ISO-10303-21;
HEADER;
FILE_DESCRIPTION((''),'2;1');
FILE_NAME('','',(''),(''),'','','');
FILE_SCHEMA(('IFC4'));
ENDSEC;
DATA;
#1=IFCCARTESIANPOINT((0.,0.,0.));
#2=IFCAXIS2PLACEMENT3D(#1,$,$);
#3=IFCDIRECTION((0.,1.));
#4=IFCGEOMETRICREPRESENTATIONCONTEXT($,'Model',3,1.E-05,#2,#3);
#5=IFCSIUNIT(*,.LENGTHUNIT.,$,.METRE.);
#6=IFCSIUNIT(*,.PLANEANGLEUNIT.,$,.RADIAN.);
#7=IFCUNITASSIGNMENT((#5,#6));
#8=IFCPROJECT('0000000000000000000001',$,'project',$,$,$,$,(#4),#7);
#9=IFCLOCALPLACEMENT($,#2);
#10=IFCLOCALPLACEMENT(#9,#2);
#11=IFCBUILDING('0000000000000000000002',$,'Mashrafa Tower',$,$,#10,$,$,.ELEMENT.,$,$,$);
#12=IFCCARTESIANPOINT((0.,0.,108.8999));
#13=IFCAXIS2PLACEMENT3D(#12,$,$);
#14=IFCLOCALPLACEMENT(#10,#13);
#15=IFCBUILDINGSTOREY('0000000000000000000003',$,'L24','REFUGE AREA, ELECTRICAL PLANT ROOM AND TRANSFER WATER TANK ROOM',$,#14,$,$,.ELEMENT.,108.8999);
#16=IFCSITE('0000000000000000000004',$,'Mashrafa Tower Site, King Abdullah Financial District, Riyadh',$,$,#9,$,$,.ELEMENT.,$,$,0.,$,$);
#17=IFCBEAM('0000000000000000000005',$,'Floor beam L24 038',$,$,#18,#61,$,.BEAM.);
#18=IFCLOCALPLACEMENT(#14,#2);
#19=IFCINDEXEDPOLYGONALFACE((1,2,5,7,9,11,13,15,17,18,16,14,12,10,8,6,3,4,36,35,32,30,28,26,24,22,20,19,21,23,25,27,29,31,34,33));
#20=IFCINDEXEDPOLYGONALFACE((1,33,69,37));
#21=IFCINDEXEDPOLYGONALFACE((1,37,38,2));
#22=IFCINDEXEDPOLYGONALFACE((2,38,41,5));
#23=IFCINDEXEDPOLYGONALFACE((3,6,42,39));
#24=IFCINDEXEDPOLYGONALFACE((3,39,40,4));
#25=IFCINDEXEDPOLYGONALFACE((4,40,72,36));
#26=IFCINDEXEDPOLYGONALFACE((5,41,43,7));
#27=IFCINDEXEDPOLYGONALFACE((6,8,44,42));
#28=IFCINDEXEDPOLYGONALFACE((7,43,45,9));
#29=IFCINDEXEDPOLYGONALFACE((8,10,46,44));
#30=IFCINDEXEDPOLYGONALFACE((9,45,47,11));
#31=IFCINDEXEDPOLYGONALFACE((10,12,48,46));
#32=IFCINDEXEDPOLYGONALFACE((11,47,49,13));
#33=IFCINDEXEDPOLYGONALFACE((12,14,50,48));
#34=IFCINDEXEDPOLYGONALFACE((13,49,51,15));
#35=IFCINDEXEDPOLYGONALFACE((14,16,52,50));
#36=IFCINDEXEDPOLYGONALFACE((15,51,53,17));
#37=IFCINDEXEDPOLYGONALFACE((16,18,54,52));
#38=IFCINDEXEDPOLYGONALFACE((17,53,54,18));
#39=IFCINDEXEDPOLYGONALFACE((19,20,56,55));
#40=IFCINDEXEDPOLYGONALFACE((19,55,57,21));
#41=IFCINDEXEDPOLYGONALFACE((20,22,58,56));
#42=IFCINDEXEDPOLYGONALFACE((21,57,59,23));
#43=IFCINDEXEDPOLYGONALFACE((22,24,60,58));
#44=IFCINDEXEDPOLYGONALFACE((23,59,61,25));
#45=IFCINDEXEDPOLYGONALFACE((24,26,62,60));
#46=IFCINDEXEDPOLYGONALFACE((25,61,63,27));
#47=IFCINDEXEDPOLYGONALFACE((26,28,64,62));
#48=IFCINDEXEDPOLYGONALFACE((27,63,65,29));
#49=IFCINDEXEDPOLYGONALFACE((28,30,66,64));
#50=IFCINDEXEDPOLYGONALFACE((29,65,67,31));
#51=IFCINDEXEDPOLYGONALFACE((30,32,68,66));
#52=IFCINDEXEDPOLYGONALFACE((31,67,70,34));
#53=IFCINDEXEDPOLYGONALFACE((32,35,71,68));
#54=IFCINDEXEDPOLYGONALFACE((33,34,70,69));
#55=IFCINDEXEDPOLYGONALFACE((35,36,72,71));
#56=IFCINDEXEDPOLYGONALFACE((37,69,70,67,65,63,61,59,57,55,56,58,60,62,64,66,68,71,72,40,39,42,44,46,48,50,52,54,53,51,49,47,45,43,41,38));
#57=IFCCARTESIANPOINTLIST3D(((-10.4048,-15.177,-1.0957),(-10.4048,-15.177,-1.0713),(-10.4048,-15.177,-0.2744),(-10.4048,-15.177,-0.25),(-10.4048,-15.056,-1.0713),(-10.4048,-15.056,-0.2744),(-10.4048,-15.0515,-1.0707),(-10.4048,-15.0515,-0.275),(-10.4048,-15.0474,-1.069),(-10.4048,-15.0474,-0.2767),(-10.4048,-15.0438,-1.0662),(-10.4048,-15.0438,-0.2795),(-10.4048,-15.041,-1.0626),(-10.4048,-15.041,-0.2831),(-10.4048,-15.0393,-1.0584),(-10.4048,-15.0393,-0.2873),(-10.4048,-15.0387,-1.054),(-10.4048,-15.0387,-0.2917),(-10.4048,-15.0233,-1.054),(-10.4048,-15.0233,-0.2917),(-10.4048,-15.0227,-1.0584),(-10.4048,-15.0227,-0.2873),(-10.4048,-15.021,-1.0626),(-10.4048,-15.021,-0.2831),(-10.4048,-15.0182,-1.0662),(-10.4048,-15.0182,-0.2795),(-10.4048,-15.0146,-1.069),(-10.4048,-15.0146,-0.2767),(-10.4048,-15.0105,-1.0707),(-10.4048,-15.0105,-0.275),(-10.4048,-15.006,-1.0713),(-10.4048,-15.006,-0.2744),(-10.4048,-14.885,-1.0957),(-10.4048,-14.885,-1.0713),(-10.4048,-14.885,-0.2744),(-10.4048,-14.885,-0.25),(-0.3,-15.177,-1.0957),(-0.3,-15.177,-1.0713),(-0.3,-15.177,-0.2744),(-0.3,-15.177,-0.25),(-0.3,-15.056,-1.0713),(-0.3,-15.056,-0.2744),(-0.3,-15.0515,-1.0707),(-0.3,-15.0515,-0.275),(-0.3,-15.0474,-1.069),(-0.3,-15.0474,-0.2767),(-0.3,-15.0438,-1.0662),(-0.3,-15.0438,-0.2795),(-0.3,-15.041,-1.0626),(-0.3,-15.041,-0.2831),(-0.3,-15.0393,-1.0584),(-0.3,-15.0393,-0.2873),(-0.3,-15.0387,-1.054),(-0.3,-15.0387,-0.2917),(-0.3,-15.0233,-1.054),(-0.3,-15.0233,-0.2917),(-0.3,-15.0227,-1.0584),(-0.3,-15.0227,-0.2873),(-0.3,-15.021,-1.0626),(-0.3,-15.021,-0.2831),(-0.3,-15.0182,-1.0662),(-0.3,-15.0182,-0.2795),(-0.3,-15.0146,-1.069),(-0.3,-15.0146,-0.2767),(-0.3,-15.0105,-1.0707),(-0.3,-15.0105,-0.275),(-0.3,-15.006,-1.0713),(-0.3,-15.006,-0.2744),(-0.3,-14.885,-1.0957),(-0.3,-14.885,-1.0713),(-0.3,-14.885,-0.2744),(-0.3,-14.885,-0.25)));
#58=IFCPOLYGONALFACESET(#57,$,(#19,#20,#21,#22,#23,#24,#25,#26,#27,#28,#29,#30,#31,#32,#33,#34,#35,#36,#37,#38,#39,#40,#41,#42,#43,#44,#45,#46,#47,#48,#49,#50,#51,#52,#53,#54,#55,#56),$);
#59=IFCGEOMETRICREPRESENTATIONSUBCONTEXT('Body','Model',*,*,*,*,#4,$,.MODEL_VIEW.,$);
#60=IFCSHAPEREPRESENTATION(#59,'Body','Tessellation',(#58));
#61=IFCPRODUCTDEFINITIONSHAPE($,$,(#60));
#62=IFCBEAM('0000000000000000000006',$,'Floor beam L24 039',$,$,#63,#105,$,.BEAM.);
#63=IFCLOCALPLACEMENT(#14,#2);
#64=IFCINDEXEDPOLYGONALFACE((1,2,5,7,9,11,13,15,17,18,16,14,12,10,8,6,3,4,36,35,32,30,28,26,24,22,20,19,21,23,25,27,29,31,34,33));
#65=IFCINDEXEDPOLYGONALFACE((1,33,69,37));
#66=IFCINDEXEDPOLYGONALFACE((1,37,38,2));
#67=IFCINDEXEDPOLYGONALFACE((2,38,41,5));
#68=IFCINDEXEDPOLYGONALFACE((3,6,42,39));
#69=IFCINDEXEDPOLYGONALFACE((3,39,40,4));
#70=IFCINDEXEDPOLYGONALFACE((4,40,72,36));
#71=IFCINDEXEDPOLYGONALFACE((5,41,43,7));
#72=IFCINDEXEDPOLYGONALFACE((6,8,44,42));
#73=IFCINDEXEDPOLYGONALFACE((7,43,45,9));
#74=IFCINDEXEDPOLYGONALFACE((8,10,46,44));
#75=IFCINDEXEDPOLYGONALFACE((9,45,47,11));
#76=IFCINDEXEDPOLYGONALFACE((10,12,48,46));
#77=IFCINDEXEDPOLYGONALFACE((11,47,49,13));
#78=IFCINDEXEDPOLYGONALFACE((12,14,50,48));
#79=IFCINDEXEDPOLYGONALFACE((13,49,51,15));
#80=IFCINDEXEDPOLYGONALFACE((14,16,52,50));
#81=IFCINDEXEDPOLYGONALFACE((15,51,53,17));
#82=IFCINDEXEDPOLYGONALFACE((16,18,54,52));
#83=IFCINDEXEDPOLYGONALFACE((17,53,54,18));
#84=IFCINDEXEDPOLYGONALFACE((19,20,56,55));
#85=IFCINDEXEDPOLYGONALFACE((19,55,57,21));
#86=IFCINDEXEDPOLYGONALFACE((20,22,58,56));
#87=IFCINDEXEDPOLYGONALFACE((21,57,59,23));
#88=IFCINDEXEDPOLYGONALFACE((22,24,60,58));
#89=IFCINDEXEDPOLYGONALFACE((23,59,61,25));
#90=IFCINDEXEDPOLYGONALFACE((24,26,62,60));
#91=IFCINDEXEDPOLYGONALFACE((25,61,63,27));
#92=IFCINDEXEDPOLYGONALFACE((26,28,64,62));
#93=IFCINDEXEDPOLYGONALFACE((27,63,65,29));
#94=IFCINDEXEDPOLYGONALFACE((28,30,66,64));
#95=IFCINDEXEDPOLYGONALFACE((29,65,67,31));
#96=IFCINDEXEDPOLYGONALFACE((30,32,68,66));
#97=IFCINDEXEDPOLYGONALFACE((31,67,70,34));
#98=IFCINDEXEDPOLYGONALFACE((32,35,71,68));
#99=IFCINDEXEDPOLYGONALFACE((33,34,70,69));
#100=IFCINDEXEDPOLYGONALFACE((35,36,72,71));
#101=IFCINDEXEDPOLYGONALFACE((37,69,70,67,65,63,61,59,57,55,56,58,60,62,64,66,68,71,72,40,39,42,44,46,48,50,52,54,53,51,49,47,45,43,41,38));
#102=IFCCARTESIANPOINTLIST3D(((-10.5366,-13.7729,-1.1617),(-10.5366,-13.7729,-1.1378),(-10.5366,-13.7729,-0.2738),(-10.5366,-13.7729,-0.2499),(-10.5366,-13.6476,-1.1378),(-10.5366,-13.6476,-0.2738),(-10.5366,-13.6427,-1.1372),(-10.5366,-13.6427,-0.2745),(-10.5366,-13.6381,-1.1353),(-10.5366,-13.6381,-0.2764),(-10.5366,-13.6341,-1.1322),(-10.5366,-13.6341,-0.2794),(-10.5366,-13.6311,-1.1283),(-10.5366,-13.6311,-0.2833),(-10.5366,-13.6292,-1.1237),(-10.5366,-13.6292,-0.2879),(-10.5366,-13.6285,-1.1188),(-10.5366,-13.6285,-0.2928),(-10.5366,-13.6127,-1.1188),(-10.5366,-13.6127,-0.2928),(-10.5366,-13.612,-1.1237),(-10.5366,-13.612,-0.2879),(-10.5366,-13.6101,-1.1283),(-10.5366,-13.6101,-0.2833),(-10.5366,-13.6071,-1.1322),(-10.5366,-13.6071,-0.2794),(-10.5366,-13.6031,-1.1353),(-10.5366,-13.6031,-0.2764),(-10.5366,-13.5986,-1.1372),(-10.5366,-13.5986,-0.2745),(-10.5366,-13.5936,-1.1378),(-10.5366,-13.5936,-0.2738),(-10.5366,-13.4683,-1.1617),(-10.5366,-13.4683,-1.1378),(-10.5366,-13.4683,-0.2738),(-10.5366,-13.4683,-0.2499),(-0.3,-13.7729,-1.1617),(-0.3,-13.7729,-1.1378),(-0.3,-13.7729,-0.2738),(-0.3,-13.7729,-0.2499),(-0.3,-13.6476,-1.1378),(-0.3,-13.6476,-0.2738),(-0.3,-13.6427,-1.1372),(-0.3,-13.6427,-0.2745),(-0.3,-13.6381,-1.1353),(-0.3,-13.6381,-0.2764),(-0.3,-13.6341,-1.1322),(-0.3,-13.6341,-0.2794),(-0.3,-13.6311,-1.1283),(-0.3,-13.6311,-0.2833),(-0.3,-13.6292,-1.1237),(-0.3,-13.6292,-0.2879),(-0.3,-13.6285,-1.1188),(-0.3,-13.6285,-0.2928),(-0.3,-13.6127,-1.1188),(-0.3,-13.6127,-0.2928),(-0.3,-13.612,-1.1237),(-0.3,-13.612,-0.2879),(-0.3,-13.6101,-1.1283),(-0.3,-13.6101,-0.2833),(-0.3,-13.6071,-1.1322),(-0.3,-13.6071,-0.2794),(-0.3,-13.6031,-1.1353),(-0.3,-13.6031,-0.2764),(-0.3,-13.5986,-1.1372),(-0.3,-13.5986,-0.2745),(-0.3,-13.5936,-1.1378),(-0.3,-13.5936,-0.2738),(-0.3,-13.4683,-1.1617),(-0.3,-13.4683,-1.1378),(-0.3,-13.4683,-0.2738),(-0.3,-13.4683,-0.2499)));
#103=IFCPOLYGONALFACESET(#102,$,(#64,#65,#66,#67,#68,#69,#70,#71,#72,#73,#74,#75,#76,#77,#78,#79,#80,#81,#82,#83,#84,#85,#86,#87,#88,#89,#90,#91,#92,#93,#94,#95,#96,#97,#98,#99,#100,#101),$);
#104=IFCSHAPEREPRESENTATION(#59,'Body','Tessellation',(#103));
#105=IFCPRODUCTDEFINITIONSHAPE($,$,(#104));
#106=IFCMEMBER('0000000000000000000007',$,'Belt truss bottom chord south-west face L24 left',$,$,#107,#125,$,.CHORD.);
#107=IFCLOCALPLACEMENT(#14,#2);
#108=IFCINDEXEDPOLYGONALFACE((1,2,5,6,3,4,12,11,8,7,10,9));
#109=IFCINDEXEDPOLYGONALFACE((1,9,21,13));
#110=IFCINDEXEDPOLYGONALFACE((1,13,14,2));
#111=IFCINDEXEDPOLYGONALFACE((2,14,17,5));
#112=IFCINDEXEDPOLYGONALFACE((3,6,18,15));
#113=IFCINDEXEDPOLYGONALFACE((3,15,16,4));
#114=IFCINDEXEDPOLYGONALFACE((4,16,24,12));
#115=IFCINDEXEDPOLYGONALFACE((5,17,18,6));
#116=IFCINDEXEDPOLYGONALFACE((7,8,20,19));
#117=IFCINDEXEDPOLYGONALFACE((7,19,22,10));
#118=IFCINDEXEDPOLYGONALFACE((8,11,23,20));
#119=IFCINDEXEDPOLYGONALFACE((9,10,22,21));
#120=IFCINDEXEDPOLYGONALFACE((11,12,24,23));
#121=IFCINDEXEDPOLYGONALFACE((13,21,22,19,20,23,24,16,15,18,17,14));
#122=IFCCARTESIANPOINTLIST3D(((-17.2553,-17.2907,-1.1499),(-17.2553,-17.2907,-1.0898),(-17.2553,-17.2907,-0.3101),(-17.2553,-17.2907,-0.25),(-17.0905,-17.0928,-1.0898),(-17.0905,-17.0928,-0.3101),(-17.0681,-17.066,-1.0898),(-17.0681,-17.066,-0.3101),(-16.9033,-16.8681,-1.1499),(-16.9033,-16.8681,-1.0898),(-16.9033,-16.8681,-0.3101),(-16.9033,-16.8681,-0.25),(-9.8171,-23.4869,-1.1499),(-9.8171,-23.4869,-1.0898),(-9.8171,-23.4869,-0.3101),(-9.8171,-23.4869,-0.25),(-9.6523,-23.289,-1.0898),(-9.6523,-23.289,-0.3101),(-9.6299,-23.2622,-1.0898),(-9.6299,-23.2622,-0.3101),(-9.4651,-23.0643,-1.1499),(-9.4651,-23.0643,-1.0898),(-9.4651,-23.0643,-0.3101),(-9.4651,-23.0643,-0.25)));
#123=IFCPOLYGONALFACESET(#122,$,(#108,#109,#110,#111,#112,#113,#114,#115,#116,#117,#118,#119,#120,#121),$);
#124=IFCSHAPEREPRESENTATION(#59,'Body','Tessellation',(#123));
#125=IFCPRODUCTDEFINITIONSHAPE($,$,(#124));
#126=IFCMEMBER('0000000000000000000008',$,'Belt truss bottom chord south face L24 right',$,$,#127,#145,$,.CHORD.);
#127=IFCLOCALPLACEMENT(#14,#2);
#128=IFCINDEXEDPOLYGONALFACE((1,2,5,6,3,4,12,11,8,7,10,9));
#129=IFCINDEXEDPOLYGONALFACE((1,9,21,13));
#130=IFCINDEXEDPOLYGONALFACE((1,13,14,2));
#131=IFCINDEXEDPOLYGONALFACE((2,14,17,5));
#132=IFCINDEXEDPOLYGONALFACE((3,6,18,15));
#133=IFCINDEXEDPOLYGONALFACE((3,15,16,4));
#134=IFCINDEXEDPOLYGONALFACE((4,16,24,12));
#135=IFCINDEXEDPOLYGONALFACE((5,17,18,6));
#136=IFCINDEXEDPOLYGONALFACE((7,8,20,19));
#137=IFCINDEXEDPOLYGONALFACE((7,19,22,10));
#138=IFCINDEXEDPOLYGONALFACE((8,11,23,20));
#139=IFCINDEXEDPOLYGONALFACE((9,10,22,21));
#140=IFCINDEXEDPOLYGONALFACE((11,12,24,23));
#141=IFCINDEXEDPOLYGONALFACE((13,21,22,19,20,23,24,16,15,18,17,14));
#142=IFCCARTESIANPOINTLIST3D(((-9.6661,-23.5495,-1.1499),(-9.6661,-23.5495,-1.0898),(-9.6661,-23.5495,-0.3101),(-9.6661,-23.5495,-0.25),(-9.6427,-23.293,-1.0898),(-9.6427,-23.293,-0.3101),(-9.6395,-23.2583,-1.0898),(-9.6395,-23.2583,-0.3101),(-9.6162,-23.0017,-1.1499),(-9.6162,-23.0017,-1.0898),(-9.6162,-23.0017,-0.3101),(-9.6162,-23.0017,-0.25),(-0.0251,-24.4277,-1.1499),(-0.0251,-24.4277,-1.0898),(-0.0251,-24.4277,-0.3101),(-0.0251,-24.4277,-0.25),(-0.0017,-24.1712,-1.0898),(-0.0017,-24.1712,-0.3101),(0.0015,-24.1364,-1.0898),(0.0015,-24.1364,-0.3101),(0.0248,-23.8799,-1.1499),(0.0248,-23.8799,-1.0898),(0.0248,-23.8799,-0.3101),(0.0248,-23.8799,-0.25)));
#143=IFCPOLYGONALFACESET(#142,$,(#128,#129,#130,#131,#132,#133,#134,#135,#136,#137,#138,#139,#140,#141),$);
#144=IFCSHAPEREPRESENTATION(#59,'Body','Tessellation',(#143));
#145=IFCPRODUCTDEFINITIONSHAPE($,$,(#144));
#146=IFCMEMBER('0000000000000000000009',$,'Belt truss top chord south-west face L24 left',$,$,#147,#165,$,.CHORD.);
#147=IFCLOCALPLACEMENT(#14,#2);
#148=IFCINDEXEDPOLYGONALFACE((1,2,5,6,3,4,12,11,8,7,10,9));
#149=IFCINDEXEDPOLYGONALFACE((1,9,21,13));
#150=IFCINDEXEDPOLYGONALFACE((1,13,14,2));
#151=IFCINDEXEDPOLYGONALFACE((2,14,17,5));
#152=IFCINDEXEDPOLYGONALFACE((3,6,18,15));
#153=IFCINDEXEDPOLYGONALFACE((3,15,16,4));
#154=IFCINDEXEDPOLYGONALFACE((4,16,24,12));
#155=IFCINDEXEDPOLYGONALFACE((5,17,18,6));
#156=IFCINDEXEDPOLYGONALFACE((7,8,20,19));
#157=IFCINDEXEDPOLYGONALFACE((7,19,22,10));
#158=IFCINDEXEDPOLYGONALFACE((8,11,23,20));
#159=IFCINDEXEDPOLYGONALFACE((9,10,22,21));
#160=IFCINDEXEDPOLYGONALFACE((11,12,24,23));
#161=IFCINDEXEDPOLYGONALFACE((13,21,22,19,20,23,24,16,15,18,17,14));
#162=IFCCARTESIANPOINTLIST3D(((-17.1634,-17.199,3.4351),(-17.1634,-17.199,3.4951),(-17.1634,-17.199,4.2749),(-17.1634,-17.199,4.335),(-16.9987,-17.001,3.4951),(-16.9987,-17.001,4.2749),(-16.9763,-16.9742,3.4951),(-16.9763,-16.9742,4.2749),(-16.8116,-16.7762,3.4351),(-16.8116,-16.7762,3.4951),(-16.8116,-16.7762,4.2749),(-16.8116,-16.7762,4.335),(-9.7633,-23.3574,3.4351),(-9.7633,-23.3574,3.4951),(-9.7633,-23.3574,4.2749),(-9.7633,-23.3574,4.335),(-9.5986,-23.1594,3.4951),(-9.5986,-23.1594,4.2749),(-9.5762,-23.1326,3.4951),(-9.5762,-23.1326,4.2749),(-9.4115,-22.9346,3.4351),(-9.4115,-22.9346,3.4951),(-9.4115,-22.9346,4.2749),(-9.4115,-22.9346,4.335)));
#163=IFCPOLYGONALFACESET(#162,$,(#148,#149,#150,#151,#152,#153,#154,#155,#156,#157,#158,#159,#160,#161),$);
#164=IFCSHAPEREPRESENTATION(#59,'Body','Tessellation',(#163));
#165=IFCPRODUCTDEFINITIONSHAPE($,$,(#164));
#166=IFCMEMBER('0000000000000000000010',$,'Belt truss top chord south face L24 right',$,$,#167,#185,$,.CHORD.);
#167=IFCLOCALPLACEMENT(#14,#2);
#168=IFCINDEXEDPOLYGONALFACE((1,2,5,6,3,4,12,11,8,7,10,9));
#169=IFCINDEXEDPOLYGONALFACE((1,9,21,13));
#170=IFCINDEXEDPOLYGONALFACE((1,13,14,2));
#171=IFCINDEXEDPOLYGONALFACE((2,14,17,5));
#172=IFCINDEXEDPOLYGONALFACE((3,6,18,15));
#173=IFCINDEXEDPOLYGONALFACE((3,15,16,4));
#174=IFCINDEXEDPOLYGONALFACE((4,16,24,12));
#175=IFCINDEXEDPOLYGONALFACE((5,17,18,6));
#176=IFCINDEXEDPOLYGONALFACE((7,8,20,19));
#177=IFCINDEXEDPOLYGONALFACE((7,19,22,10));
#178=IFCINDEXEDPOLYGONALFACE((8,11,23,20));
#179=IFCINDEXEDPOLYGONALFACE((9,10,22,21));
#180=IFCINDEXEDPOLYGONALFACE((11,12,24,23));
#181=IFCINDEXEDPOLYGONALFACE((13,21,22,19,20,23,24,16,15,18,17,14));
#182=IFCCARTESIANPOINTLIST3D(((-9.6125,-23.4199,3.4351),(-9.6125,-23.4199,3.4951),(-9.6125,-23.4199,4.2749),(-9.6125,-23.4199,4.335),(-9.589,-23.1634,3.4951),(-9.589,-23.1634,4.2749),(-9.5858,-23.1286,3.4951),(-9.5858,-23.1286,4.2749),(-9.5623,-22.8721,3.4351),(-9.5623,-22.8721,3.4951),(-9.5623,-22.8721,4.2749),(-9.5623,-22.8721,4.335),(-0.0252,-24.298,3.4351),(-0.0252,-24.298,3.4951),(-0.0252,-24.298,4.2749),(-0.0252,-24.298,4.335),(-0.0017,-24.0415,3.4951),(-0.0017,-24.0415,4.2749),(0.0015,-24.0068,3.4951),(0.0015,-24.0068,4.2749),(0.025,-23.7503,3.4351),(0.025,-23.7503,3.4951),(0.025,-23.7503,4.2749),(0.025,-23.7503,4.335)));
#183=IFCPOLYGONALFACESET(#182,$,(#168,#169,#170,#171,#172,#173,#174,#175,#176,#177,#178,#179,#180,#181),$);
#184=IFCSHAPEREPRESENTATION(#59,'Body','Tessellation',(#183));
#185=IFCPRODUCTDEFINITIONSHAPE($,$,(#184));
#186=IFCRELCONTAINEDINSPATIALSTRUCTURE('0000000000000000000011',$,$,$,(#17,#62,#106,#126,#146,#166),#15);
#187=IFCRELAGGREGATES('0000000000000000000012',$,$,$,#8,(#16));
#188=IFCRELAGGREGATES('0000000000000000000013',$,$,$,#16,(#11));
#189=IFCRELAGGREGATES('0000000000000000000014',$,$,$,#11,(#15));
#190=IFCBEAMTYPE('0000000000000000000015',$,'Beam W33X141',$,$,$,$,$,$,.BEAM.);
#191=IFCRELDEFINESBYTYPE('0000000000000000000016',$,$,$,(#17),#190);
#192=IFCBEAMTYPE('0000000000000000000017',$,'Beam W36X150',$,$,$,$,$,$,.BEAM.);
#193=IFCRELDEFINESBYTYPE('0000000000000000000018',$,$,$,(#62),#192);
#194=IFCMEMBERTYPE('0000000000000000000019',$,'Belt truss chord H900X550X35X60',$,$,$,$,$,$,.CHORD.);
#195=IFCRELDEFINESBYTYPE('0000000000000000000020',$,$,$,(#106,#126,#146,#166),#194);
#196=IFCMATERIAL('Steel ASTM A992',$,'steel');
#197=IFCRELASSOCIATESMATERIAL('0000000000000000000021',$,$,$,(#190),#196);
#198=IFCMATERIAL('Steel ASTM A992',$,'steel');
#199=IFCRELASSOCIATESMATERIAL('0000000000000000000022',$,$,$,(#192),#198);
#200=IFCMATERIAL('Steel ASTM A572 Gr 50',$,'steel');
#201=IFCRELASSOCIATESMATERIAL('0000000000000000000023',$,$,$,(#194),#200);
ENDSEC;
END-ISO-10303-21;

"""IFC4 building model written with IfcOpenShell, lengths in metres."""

from ifc_helpers import new_model, si_unit, direction, frame, origin, origin_2d, place, context, subcontext, project, spatial, i_section, extrude, source, transform, mapped, material, material_profile, profile_set, type_object, type_shapes, element, save


model = new_model("IFC4")

# Units and contexts
model_context = context("Model", 3, precision=1e-05, world=origin(), true_north=direction((0.0, 1.0)))
body_context = subcontext(model_context, "Body", "Model", "MODEL_VIEW")
ifc_project = project(units=[si_unit("LENGTHUNIT", "METRE"), si_unit("PLANEANGLEUNIT", "RADIAN")], contexts=[model_context])

# Site, building, storey
site_placement = place(None, origin())
site = spatial("IfcSite", under=ifc_project, at=site_placement, Name="Mashrafa Tower Site, King Abdullah Financial District, Riyadh", CompositionType="ELEMENT", RefElevation=0.0)
building_placement = place(site_placement, origin())
building = spatial("IfcBuilding", under=site, at=building_placement, Name="Mashrafa Tower", CompositionType="ELEMENT")
storey_placement = place(building_placement, frame((0.0, 0.0, 108.8999)))
storey = spatial("IfcBuildingStorey", under=building, at=storey_placement, Name="L24", Description="REFUGE AREA, ELECTRICAL PLANT ROOM AND TRANSFER WATER TANK ROOM", CompositionType="ELEMENT", Elevation=108.8999)

# Beams
ifc_material_1 = material(Name="Steel ASTM A992", Category="steel")
ifc_material_profile_1 = material_profile(ifc_material_1, i_section(OverallWidth=0.292, OverallDepth=0.8457, WebThickness=0.0154, FlangeThickness=0.0244, FilletRadius=0.0173, at=origin_2d()), Name="W33X141")
ifc_profile_set_1 = profile_set([ifc_material_profile_1], Name="Steel ASTM A992")
beam_type_1 = type_object("IfcBeamType", Name="Beam W33X141", PredefinedType="BEAM", material=ifc_profile_set_1)
beam_1_placement = place(storey_placement, frame((-0.3, -15.031, -0.6729), z_axis=(-1.0, 0.0, 0.0), x_axis=(0.0, -1.0, 0.0)))
element("IfcBeam", 1, at=beam_1_placement, inside=storey, type_object=beam_type_1, Name="Floor beam L24 038", PredefinedType="BEAM", context=body_context, shape_type="SweptSolid", body=[
    extrude(i_section(OverallWidth=0.292, OverallDepth=0.8457, WebThickness=0.0154, FlangeThickness=0.0244, FilletRadius=0.0173, at=origin_2d()), origin(), (0.0, 0.0, 1.0), 10.1047),
])
ifc_material_2 = material(Name="Steel ASTM A992", Category="steel")
ifc_material_profile_2 = material_profile(ifc_material_2, i_section(OverallWidth=0.3047, OverallDepth=0.9119, WebThickness=0.0159, FlangeThickness=0.0239, FilletRadius=0.019, at=origin_2d()), Name="W36X150")
ifc_profile_set_2 = profile_set([ifc_material_profile_2], Name="Steel ASTM A992")
beam_type_2 = type_object("IfcBeamType", Name="Beam W36X150", PredefinedType="BEAM", material=ifc_profile_set_2)
beam_2_placement = place(storey_placement, frame((-0.3, -13.6206, -0.7058), z_axis=(-1.0, 0.0, 0.0), x_axis=(0.0, -1.0, 0.0)))
element("IfcBeam", 2, at=beam_2_placement, inside=storey, type_object=beam_type_2, Name="Floor beam L24 039", PredefinedType="BEAM", context=body_context, shape_type="SweptSolid", body=[
    extrude(i_section(OverallWidth=0.3047, OverallDepth=0.9119, WebThickness=0.0159, FlangeThickness=0.0239, FilletRadius=0.019, at=origin_2d()), origin(), (0.0, 0.0, 1.0), 10.2366),
])

# Members
ifc_material_3 = material(Name="Steel ASTM A572 Gr 50", Category="steel")
ifc_material_profile_3 = material_profile(ifc_material_3, i_section(OverallWidth=0.55, OverallDepth=0.8999, WebThickness=0.0349, FlangeThickness=0.0601, at=origin_2d()), Name="H900X550X35X60")
ifc_profile_set_3 = profile_set([ifc_material_profile_3], Name="Steel ASTM A572 Gr 50")
member_type_1 = type_object("IfcMemberType", Name="Belt truss chord H900X550X35X60", PredefinedType="CHORD", material=ifc_profile_set_3)
shared_shape_1 = source(origin(), body_context, "Body", "SweptSolid", [
    extrude(i_section(OverallWidth=0.55, OverallDepth=0.8999, WebThickness=0.0349, FlangeThickness=0.0601, at=origin_2d()), origin(), (0.0, 0.0, 1.0), 9.6809),
])
for number, where, z_axis, x_axis, name in (
    (3, (-9.6411, -23.2756, -0.7), (-0.768335, 0.640048, 0.0), (-0.640048, -0.768335, 0.0), "Belt truss bottom chord south-west face L24 left"),
    (4, (-9.6411, -23.2756, -0.7), (0.995877, -0.090711, 0.0), (0.090711, 0.995877, 0.0), "Belt truss bottom chord south face L24 right"),
):
    element("IfcMember", number, at=place(storey_placement, frame(where, z_axis=z_axis, x_axis=x_axis)), inside=storey, type_object=member_type_1, Name=name, PredefinedType="CHORD", context=body_context, shape_type="MappedRepresentation", body=[
        mapped(shared_shape_1, transform((0.0, 0.0, 0.0))),
    ])
shared_shape_2 = source(origin(), body_context, "Body", "SweptSolid", [
    extrude(i_section(OverallWidth=0.55, OverallDepth=0.8999, WebThickness=0.0349, FlangeThickness=0.0601, at=origin_2d()), origin(), (0.0, 0.0, 1.0), 9.6274),
])
type_shapes(member_type_1, [shared_shape_1, shared_shape_2])
for number, where, z_axis, x_axis, name in (
    (5, (-9.5874, -23.146, 3.885), (-0.768647, 0.639673, 0.0), (-0.639673, -0.768647, 0.0), "Belt truss top chord south-west face L24 left"),
    (6, (-9.5874, -23.146, 3.885), (0.995831, -0.091215, 0.0), (0.091215, 0.995831, 0.0), "Belt truss top chord south face L24 right"),
):
    element("IfcMember", number, at=place(storey_placement, frame(where, z_axis=z_axis, x_axis=x_axis)), inside=storey, type_object=member_type_1, Name=name, PredefinedType="CHORD", context=body_context, shape_type="MappedRepresentation", body=[
        mapped(shared_shape_2, transform((0.0, 0.0, 0.0))),
    ])

save(model, "model.ifc")
